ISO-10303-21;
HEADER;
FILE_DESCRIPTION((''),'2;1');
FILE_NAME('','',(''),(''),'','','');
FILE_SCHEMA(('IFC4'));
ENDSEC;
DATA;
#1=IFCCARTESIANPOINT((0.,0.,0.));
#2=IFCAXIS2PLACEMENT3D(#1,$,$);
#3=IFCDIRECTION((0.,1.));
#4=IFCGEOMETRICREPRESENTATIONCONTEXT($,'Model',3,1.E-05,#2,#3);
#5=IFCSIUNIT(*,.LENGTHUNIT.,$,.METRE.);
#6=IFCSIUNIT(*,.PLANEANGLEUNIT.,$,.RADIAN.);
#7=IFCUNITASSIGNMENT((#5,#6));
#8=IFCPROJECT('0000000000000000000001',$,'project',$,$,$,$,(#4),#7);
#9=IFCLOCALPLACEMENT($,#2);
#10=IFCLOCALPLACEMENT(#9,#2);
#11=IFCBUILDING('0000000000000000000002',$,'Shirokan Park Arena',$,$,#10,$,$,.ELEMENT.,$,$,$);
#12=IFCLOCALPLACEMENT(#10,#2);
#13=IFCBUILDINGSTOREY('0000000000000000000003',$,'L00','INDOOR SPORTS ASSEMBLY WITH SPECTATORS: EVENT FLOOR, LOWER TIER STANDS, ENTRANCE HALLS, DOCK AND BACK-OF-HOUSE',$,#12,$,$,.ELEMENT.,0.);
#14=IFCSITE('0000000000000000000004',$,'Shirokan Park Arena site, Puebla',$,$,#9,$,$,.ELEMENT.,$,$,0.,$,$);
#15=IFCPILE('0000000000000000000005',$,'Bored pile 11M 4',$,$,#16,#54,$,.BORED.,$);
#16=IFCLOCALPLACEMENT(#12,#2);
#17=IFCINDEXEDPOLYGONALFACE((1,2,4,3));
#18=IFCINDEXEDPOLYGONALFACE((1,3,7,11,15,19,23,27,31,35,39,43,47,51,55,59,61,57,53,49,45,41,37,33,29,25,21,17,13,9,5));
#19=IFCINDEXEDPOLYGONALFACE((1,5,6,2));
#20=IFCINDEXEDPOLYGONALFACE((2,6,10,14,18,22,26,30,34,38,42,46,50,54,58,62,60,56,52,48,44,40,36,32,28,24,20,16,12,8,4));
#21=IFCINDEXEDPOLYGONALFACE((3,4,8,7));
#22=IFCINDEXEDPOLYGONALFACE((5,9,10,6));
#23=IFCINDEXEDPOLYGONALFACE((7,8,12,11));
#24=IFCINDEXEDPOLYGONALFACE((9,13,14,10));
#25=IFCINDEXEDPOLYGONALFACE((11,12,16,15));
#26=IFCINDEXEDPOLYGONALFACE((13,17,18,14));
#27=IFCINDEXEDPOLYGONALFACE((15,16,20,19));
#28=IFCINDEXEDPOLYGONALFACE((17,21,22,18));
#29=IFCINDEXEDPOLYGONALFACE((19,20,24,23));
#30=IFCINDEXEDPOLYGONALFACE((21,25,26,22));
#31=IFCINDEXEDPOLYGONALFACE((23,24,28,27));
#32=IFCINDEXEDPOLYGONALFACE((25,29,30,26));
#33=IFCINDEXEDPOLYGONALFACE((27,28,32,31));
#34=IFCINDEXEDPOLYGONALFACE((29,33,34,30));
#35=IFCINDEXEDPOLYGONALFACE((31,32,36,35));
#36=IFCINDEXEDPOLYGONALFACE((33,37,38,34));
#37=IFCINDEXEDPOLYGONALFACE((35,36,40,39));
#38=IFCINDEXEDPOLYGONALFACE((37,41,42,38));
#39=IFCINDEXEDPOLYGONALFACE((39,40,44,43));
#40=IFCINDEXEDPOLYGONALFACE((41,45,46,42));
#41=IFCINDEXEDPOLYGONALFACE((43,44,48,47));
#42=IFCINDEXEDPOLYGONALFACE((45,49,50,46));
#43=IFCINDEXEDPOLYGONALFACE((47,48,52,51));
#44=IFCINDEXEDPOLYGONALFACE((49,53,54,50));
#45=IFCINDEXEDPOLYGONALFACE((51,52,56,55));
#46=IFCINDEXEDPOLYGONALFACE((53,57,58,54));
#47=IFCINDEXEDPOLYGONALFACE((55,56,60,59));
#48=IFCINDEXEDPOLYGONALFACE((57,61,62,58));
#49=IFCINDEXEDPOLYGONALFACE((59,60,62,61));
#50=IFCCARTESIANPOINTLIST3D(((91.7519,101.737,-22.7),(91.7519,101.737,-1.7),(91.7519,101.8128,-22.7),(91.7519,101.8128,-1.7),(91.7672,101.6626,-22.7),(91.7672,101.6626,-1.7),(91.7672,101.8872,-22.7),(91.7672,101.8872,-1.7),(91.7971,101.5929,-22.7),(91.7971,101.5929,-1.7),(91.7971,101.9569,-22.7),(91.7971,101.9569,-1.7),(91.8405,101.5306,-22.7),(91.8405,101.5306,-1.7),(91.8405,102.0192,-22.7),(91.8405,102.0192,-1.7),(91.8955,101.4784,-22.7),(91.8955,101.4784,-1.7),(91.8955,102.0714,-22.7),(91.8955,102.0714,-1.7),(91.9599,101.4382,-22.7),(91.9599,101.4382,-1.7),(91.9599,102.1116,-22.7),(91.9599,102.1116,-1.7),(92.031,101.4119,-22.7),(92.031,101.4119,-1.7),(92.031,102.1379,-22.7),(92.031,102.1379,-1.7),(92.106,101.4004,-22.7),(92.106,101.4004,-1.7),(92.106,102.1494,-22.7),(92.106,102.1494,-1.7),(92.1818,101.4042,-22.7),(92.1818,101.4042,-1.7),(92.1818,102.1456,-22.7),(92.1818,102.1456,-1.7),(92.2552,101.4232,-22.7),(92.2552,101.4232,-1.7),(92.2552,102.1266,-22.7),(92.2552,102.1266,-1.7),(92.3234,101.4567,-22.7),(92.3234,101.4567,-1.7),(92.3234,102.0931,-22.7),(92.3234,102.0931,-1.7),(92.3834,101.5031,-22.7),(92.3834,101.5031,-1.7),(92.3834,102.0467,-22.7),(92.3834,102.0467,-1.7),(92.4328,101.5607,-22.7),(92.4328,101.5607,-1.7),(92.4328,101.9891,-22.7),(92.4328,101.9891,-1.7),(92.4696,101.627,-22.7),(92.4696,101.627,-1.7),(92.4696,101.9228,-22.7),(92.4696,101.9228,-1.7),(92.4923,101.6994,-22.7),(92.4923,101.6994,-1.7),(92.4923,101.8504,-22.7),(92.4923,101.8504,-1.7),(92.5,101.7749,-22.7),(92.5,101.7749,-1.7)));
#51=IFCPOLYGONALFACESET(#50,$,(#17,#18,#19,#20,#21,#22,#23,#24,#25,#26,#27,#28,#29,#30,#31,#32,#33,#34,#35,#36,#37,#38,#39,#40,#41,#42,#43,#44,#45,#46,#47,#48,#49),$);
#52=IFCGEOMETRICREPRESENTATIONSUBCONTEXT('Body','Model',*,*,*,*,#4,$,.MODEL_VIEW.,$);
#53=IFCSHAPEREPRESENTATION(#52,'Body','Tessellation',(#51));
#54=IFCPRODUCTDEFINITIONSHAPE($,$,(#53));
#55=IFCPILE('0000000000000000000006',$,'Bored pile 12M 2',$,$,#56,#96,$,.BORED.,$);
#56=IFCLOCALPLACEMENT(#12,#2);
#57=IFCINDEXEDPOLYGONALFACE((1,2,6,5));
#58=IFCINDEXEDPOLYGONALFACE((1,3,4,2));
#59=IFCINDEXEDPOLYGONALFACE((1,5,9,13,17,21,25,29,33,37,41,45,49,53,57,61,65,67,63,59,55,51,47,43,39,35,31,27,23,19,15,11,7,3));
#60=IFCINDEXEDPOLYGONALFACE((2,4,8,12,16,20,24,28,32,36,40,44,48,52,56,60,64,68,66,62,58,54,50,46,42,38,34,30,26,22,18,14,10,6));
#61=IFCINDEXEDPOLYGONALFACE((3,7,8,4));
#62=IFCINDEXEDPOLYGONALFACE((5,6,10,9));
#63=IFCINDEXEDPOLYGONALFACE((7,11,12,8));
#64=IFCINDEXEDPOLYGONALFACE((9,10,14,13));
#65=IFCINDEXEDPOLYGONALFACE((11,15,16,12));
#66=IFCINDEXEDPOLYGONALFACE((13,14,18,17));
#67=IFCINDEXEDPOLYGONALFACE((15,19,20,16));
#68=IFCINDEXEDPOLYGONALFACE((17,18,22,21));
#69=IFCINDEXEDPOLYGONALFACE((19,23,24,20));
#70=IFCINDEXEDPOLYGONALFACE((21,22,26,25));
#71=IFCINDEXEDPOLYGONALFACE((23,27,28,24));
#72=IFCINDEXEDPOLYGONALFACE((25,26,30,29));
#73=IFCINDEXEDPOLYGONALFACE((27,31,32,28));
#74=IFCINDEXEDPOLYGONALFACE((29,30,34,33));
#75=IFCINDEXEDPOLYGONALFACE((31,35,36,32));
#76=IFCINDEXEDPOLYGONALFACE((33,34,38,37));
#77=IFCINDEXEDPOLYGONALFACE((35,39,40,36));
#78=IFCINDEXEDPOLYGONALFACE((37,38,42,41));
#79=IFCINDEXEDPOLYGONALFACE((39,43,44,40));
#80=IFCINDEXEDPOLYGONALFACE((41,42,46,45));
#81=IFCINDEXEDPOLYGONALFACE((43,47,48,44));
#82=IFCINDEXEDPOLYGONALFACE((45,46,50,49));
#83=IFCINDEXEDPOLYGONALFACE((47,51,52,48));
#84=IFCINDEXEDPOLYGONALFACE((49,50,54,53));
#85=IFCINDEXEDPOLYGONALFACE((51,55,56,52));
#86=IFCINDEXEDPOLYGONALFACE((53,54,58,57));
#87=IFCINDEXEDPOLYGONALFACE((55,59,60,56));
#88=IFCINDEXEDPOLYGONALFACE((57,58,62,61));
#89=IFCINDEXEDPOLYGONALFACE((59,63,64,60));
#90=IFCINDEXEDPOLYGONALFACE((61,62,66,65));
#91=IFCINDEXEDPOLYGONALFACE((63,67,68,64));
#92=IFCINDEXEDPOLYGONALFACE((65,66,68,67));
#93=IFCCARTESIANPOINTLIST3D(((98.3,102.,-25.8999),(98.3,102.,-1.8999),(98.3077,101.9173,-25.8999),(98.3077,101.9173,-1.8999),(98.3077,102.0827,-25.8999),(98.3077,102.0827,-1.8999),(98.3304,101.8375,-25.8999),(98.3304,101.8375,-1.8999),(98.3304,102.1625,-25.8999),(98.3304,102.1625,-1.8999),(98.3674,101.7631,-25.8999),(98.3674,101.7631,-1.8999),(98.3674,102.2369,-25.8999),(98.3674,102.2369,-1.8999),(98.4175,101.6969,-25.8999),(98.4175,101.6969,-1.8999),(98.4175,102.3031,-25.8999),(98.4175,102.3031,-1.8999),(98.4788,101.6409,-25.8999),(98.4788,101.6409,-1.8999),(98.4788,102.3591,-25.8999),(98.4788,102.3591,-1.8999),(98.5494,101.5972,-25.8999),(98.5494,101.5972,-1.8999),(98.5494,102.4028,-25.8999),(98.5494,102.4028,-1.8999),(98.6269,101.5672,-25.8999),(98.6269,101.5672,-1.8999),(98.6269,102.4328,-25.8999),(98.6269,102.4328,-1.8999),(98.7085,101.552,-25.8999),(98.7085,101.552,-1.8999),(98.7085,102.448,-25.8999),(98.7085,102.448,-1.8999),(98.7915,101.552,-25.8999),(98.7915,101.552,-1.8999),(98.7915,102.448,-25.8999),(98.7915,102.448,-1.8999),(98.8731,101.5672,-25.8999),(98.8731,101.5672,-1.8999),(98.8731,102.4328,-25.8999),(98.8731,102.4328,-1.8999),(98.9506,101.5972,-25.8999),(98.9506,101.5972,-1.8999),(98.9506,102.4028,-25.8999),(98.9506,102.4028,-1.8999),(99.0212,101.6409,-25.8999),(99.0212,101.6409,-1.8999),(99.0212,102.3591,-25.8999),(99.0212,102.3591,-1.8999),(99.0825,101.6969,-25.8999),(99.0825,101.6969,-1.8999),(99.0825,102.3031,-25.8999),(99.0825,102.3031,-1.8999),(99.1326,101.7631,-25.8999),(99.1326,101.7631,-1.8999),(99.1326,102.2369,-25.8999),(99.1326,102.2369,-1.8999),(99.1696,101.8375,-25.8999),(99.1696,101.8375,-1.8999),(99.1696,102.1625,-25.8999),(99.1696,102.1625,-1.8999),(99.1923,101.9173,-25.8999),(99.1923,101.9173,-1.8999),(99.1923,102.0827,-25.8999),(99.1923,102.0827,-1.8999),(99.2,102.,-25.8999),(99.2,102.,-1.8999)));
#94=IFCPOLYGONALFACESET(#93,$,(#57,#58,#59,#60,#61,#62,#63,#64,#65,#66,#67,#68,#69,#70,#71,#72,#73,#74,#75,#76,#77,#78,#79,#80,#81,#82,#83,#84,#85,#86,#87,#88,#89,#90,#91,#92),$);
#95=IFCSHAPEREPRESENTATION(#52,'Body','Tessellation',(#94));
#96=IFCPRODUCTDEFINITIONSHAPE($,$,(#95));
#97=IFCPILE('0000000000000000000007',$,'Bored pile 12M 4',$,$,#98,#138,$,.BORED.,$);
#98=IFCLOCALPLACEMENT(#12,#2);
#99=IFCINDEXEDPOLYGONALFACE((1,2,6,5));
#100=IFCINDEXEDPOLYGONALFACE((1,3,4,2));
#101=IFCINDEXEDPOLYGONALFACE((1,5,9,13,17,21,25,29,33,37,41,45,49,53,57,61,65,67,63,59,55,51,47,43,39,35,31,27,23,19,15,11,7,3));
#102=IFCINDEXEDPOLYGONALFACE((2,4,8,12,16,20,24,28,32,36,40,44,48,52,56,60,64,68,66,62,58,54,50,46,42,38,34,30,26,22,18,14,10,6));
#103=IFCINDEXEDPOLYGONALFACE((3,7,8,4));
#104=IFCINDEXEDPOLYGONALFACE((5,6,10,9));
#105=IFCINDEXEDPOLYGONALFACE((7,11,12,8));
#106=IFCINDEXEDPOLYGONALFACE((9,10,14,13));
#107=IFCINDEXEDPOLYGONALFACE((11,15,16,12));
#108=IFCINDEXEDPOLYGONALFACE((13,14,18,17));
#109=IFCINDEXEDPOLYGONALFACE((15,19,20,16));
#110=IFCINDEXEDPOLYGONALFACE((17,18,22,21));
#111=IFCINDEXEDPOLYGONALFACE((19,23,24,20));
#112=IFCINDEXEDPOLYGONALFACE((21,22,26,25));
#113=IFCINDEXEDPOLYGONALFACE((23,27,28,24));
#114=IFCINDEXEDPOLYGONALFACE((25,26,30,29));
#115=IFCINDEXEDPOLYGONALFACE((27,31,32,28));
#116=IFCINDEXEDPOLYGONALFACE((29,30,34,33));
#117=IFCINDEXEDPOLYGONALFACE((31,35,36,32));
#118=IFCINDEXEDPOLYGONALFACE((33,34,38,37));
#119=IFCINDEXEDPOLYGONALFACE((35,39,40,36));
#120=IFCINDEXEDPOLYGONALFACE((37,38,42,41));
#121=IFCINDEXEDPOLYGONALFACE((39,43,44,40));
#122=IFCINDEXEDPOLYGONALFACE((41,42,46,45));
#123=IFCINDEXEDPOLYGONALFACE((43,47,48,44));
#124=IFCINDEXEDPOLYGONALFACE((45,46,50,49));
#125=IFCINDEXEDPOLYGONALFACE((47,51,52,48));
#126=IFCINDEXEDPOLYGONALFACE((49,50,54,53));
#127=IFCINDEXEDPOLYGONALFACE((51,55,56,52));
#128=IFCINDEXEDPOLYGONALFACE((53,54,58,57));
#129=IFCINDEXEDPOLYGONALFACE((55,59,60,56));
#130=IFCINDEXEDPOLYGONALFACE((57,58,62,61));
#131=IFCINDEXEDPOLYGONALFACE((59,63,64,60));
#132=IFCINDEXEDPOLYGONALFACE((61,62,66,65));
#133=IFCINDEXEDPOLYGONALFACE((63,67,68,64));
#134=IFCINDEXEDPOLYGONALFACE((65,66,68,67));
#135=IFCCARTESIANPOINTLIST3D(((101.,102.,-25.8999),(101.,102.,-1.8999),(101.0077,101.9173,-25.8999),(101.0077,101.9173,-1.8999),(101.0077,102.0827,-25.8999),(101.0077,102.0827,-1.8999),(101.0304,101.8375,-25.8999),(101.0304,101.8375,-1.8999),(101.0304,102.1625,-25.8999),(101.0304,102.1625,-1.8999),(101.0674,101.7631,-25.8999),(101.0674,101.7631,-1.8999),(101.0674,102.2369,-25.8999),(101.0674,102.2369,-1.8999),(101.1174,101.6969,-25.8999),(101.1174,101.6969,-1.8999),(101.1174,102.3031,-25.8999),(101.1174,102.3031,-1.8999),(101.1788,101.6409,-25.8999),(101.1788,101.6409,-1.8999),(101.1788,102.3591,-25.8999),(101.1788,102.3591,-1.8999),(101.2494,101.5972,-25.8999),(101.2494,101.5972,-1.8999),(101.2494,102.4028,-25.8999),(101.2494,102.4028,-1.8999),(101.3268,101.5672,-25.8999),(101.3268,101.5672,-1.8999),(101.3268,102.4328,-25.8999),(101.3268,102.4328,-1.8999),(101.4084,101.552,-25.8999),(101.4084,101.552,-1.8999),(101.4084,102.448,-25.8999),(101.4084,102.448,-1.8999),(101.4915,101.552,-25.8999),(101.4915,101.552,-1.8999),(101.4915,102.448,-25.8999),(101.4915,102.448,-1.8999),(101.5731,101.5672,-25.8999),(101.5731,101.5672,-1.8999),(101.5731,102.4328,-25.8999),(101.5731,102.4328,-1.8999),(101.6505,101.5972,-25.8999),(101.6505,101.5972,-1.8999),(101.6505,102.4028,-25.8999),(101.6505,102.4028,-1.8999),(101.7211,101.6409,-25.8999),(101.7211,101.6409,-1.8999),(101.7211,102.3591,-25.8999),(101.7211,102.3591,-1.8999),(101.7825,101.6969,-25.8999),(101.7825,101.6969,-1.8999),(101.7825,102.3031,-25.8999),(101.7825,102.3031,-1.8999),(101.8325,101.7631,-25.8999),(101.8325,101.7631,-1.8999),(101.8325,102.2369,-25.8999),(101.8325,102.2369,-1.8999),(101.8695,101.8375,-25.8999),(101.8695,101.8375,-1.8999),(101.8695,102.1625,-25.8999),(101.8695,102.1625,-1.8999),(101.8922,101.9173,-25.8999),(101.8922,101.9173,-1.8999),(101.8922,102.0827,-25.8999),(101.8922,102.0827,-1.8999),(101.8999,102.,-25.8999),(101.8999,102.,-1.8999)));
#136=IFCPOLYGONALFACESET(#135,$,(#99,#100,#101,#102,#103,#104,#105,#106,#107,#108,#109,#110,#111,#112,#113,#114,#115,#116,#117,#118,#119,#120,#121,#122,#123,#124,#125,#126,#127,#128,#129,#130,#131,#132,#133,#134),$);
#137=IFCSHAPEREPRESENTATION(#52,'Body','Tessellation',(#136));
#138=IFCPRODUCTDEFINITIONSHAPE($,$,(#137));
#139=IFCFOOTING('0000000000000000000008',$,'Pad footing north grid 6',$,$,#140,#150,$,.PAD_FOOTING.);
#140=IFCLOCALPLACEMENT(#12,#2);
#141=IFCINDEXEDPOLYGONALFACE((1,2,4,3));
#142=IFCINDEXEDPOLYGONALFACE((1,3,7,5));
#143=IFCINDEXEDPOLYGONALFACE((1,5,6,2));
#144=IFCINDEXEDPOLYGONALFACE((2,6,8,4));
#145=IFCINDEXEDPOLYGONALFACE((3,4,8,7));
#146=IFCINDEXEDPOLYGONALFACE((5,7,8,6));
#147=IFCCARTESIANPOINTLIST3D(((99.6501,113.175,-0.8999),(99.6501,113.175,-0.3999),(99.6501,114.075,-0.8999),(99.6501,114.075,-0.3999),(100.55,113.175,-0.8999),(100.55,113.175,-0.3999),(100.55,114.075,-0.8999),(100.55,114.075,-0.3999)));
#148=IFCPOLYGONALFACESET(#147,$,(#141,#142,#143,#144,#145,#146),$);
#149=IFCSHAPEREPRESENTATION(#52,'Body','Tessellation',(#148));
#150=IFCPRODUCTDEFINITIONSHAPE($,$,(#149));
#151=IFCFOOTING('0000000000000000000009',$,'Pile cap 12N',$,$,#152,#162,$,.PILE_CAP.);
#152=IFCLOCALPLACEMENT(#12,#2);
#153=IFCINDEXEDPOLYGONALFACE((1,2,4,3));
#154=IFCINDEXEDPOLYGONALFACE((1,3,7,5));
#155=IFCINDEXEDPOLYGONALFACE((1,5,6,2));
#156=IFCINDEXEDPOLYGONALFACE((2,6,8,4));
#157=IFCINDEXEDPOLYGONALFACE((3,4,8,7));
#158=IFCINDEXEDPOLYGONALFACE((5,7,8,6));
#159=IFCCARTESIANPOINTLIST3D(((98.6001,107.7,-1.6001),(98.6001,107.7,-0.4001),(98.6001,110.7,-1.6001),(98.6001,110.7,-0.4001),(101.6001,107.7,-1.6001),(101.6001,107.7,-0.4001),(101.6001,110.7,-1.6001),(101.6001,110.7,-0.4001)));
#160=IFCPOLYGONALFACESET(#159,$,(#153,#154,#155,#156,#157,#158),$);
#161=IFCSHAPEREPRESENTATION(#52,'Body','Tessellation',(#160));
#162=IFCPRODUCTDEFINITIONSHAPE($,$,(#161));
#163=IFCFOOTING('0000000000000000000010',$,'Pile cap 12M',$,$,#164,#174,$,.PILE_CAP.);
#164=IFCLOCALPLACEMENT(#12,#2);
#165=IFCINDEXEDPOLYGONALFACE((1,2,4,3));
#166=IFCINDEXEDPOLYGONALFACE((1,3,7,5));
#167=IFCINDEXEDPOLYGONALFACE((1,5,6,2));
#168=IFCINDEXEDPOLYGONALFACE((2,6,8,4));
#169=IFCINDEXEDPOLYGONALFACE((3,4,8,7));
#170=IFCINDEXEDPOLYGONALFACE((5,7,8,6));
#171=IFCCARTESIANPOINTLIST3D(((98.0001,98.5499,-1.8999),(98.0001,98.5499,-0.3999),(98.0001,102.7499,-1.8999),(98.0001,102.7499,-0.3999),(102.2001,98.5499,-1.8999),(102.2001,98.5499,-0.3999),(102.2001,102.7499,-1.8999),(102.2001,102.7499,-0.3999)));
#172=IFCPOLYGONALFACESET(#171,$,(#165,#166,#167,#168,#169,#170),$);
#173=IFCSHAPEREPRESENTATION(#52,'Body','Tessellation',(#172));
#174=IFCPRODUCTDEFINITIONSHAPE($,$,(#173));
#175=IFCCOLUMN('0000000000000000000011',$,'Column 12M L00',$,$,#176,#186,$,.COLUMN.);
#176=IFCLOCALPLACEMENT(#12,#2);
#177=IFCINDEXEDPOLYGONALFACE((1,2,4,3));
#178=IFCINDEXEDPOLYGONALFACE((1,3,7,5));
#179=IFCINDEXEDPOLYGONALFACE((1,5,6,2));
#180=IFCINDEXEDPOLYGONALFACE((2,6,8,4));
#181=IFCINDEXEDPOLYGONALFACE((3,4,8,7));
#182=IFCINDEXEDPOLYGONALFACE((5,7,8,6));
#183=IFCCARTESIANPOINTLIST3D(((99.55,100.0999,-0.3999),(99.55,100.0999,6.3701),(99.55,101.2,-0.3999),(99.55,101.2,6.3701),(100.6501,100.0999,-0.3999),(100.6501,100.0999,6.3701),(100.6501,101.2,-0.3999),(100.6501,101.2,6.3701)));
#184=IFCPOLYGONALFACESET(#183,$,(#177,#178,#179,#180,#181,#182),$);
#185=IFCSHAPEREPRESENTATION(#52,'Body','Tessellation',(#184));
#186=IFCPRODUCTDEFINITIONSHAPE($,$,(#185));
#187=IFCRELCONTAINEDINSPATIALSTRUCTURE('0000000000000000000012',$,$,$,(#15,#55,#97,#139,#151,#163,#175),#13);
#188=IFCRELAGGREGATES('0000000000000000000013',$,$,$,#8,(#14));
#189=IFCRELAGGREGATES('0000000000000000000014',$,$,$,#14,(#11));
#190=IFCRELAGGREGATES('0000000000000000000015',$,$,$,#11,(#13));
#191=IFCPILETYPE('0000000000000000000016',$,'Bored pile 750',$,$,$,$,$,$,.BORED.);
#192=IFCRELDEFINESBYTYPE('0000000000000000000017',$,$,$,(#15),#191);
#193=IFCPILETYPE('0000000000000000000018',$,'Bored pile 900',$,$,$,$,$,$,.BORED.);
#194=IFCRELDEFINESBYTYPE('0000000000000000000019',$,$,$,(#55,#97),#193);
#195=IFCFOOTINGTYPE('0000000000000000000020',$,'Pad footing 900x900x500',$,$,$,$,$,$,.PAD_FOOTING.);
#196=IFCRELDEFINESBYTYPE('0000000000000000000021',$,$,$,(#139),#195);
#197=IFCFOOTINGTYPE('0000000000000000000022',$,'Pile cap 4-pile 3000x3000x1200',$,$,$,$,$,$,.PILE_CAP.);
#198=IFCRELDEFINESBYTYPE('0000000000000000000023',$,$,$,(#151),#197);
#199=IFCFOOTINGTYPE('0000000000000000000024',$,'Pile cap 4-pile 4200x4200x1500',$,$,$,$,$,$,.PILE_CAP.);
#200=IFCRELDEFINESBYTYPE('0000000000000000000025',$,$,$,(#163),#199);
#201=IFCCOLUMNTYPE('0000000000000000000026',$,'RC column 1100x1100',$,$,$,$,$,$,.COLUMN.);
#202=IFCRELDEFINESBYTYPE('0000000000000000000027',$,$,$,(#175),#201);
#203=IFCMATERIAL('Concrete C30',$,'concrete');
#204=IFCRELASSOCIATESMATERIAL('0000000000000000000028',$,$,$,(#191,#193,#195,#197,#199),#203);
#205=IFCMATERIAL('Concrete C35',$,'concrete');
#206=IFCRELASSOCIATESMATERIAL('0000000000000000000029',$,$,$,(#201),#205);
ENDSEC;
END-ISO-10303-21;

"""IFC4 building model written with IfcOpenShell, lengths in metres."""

from ifc_helpers import new_model, si_unit, direction, frame, origin, origin_2d, place, context, subcontext, project, spatial, rectangle, circle, extrude, material, material_profile, profile_set, type_object, element, save


model = new_model("IFC4")

# Units and contexts
model_context = context("Model", 3, precision=1e-05, world=origin(), true_north=direction((0.0, 1.0)))
body_context = subcontext(model_context, "Body", "Model", "MODEL_VIEW")
ifc_project = project(units=[si_unit("LENGTHUNIT", "METRE"), si_unit("PLANEANGLEUNIT", "RADIAN")], contexts=[model_context])

# Site, building, storey
site_placement = place(None, origin())
site = spatial("IfcSite", under=ifc_project, at=site_placement, Name="Shirokan Park Arena site, Puebla", CompositionType="ELEMENT", RefElevation=0.0)
building_placement = place(site_placement, origin())
building = spatial("IfcBuilding", under=site, at=building_placement, Name="Shirokan Park Arena", CompositionType="ELEMENT")
storey_placement = place(building_placement, origin())
storey = spatial("IfcBuildingStorey", under=building, at=storey_placement, Name="L00", Description="INDOOR SPORTS ASSEMBLY WITH SPECTATORS: EVENT FLOOR, LOWER TIER STANDS, ENTRANCE HALLS, DOCK AND BACK-OF-HOUSE", CompositionType="ELEMENT", Elevation=0.0)

# Piles
ifc_material_1 = material(Name="Concrete C30", Category="concrete")
ifc_material_profile_1 = material_profile(ifc_material_1, circle(Radius=0.375, at=origin_2d()), Name="D750")
ifc_profile_set_1 = profile_set([ifc_material_profile_1], Name="Concrete C30")
pile_type_1 = type_object("IfcPileType", Name="Bored pile 750", PredefinedType="BORED", material=ifc_profile_set_1)
for number, where, z_axis, x_axis, name in (
    (1, (92.125, 101.7749, -1.7), (0.0, 0.0, -1.0), (1.0, 0.0, 0.0), "Bored pile 11M 4"),
):
    element("IfcPile", number, at=place(storey_placement, frame(where, z_axis=z_axis, x_axis=x_axis)), inside=storey, type_object=pile_type_1, Name=name, PredefinedType="BORED", context=body_context, shape_type="SweptSolid", body=[
        extrude(circle(Radius=0.375, at=origin_2d()), origin(), (0.0, 0.0, 1.0), 21.0),
    ])
ifc_material_profile_2 = material_profile(ifc_material_1, circle(Radius=0.45, at=origin_2d()), Name="D900")
ifc_profile_set_2 = profile_set([ifc_material_profile_2], Name="Concrete C30")
pile_type_2 = type_object("IfcPileType", Name="Bored pile 900", PredefinedType="BORED", material=ifc_profile_set_2)
for number, where, z_axis, x_axis, name in (
    (2, (98.75, 102.0, -1.8999), (0.0, 0.0, -1.0), (1.0, 0.0, 0.0), "Bored pile 12M 2"),
    (3, (101.45, 102.0, -1.8999), (0.0, 0.0, -1.0), (1.0, 0.0, 0.0), "Bored pile 12M 4"),
):
    element("IfcPile", number, at=place(storey_placement, frame(where, z_axis=z_axis, x_axis=x_axis)), inside=storey, type_object=pile_type_2, Name=name, PredefinedType="BORED", context=body_context, shape_type="SweptSolid", body=[
        extrude(circle(Radius=0.45, at=origin_2d()), origin(), (0.0, 0.0, 1.0), 24.0),
    ])

# Footings
footing_type_1 = type_object("IfcFootingType", Name="Pad footing 900x900x500", PredefinedType="PAD_FOOTING", material=ifc_material_1)
footing_1_placement = place(storey_placement, frame((100.1001, 113.625, -0.8999), z_axis=(0.0, 0.0, 1.0), x_axis=(1.0, 0.0, 0.0)))
element("IfcFooting", 4, at=footing_1_placement, inside=storey, type_object=footing_type_1, Name="Pad footing north grid 6", PredefinedType="PAD_FOOTING", context=body_context, shape_type="SweptSolid", body=[
    extrude(rectangle(XDim=0.8999, YDim=0.8999, at=origin_2d()), origin(), (0.0, 0.0, 1.0), 0.5),
])
footing_type_2 = type_object("IfcFootingType", Name="Pile cap 4-pile 3000x3000x1200", PredefinedType="PILE_CAP", material=ifc_material_1)
footing_2_placement = place(storey_placement, frame((100.1001, 109.2, -1.6001), z_axis=(0.0, 0.0, 1.0), x_axis=(1.0, 0.0, 0.0)))
element("IfcFooting", 5, at=footing_2_placement, inside=storey, type_object=footing_type_2, Name="Pile cap 12N", PredefinedType="PILE_CAP", context=body_context, shape_type="SweptSolid", body=[
    extrude(rectangle(XDim=3.0, YDim=3.0, at=origin_2d()), origin(), (0.0, 0.0, 1.0), 1.2),
])
footing_type_3 = type_object("IfcFootingType", Name="Pile cap 4-pile 4200x4200x1500", PredefinedType="PILE_CAP", material=ifc_material_1)
footing_3_placement = place(storey_placement, frame((100.1001, 100.6499, -1.8999), z_axis=(0.0, 0.0, 1.0), x_axis=(1.0, 0.0, 0.0)))
element("IfcFooting", 6, at=footing_3_placement, inside=storey, type_object=footing_type_3, Name="Pile cap 12M", PredefinedType="PILE_CAP", context=body_context, shape_type="SweptSolid", body=[
    extrude(rectangle(XDim=4.2, YDim=4.2, at=origin_2d()), origin(), (0.0, 0.0, 1.0), 1.5),
])

# Column
ifc_material_2 = material(Name="Concrete C35", Category="concrete")
ifc_material_profile_3 = material_profile(ifc_material_2, rectangle(XDim=1.1001, YDim=1.1001, at=origin_2d()), Name="1100x1100")
ifc_profile_set_3 = profile_set([ifc_material_profile_3], Name="Concrete C35")
column_type_1 = type_object("IfcColumnType", Name="RC column 1100x1100", PredefinedType="COLUMN", material=ifc_profile_set_3)
column_1_placement = place(storey_placement, frame((100.1001, 100.6499, -0.3999), z_axis=(0.0, 0.0, 1.0), x_axis=(1.0, 0.0, 0.0)))
element("IfcColumn", 7, at=column_1_placement, inside=storey, type_object=column_type_1, Name="Column 12M L00", PredefinedType="COLUMN", context=body_context, shape_type="SweptSolid", body=[
    extrude(rectangle(XDim=1.1001, YDim=1.1001, at=origin_2d()), origin(), (0.0, 0.0, 1.0), 6.77),
])

save(model, "model.ifc")
